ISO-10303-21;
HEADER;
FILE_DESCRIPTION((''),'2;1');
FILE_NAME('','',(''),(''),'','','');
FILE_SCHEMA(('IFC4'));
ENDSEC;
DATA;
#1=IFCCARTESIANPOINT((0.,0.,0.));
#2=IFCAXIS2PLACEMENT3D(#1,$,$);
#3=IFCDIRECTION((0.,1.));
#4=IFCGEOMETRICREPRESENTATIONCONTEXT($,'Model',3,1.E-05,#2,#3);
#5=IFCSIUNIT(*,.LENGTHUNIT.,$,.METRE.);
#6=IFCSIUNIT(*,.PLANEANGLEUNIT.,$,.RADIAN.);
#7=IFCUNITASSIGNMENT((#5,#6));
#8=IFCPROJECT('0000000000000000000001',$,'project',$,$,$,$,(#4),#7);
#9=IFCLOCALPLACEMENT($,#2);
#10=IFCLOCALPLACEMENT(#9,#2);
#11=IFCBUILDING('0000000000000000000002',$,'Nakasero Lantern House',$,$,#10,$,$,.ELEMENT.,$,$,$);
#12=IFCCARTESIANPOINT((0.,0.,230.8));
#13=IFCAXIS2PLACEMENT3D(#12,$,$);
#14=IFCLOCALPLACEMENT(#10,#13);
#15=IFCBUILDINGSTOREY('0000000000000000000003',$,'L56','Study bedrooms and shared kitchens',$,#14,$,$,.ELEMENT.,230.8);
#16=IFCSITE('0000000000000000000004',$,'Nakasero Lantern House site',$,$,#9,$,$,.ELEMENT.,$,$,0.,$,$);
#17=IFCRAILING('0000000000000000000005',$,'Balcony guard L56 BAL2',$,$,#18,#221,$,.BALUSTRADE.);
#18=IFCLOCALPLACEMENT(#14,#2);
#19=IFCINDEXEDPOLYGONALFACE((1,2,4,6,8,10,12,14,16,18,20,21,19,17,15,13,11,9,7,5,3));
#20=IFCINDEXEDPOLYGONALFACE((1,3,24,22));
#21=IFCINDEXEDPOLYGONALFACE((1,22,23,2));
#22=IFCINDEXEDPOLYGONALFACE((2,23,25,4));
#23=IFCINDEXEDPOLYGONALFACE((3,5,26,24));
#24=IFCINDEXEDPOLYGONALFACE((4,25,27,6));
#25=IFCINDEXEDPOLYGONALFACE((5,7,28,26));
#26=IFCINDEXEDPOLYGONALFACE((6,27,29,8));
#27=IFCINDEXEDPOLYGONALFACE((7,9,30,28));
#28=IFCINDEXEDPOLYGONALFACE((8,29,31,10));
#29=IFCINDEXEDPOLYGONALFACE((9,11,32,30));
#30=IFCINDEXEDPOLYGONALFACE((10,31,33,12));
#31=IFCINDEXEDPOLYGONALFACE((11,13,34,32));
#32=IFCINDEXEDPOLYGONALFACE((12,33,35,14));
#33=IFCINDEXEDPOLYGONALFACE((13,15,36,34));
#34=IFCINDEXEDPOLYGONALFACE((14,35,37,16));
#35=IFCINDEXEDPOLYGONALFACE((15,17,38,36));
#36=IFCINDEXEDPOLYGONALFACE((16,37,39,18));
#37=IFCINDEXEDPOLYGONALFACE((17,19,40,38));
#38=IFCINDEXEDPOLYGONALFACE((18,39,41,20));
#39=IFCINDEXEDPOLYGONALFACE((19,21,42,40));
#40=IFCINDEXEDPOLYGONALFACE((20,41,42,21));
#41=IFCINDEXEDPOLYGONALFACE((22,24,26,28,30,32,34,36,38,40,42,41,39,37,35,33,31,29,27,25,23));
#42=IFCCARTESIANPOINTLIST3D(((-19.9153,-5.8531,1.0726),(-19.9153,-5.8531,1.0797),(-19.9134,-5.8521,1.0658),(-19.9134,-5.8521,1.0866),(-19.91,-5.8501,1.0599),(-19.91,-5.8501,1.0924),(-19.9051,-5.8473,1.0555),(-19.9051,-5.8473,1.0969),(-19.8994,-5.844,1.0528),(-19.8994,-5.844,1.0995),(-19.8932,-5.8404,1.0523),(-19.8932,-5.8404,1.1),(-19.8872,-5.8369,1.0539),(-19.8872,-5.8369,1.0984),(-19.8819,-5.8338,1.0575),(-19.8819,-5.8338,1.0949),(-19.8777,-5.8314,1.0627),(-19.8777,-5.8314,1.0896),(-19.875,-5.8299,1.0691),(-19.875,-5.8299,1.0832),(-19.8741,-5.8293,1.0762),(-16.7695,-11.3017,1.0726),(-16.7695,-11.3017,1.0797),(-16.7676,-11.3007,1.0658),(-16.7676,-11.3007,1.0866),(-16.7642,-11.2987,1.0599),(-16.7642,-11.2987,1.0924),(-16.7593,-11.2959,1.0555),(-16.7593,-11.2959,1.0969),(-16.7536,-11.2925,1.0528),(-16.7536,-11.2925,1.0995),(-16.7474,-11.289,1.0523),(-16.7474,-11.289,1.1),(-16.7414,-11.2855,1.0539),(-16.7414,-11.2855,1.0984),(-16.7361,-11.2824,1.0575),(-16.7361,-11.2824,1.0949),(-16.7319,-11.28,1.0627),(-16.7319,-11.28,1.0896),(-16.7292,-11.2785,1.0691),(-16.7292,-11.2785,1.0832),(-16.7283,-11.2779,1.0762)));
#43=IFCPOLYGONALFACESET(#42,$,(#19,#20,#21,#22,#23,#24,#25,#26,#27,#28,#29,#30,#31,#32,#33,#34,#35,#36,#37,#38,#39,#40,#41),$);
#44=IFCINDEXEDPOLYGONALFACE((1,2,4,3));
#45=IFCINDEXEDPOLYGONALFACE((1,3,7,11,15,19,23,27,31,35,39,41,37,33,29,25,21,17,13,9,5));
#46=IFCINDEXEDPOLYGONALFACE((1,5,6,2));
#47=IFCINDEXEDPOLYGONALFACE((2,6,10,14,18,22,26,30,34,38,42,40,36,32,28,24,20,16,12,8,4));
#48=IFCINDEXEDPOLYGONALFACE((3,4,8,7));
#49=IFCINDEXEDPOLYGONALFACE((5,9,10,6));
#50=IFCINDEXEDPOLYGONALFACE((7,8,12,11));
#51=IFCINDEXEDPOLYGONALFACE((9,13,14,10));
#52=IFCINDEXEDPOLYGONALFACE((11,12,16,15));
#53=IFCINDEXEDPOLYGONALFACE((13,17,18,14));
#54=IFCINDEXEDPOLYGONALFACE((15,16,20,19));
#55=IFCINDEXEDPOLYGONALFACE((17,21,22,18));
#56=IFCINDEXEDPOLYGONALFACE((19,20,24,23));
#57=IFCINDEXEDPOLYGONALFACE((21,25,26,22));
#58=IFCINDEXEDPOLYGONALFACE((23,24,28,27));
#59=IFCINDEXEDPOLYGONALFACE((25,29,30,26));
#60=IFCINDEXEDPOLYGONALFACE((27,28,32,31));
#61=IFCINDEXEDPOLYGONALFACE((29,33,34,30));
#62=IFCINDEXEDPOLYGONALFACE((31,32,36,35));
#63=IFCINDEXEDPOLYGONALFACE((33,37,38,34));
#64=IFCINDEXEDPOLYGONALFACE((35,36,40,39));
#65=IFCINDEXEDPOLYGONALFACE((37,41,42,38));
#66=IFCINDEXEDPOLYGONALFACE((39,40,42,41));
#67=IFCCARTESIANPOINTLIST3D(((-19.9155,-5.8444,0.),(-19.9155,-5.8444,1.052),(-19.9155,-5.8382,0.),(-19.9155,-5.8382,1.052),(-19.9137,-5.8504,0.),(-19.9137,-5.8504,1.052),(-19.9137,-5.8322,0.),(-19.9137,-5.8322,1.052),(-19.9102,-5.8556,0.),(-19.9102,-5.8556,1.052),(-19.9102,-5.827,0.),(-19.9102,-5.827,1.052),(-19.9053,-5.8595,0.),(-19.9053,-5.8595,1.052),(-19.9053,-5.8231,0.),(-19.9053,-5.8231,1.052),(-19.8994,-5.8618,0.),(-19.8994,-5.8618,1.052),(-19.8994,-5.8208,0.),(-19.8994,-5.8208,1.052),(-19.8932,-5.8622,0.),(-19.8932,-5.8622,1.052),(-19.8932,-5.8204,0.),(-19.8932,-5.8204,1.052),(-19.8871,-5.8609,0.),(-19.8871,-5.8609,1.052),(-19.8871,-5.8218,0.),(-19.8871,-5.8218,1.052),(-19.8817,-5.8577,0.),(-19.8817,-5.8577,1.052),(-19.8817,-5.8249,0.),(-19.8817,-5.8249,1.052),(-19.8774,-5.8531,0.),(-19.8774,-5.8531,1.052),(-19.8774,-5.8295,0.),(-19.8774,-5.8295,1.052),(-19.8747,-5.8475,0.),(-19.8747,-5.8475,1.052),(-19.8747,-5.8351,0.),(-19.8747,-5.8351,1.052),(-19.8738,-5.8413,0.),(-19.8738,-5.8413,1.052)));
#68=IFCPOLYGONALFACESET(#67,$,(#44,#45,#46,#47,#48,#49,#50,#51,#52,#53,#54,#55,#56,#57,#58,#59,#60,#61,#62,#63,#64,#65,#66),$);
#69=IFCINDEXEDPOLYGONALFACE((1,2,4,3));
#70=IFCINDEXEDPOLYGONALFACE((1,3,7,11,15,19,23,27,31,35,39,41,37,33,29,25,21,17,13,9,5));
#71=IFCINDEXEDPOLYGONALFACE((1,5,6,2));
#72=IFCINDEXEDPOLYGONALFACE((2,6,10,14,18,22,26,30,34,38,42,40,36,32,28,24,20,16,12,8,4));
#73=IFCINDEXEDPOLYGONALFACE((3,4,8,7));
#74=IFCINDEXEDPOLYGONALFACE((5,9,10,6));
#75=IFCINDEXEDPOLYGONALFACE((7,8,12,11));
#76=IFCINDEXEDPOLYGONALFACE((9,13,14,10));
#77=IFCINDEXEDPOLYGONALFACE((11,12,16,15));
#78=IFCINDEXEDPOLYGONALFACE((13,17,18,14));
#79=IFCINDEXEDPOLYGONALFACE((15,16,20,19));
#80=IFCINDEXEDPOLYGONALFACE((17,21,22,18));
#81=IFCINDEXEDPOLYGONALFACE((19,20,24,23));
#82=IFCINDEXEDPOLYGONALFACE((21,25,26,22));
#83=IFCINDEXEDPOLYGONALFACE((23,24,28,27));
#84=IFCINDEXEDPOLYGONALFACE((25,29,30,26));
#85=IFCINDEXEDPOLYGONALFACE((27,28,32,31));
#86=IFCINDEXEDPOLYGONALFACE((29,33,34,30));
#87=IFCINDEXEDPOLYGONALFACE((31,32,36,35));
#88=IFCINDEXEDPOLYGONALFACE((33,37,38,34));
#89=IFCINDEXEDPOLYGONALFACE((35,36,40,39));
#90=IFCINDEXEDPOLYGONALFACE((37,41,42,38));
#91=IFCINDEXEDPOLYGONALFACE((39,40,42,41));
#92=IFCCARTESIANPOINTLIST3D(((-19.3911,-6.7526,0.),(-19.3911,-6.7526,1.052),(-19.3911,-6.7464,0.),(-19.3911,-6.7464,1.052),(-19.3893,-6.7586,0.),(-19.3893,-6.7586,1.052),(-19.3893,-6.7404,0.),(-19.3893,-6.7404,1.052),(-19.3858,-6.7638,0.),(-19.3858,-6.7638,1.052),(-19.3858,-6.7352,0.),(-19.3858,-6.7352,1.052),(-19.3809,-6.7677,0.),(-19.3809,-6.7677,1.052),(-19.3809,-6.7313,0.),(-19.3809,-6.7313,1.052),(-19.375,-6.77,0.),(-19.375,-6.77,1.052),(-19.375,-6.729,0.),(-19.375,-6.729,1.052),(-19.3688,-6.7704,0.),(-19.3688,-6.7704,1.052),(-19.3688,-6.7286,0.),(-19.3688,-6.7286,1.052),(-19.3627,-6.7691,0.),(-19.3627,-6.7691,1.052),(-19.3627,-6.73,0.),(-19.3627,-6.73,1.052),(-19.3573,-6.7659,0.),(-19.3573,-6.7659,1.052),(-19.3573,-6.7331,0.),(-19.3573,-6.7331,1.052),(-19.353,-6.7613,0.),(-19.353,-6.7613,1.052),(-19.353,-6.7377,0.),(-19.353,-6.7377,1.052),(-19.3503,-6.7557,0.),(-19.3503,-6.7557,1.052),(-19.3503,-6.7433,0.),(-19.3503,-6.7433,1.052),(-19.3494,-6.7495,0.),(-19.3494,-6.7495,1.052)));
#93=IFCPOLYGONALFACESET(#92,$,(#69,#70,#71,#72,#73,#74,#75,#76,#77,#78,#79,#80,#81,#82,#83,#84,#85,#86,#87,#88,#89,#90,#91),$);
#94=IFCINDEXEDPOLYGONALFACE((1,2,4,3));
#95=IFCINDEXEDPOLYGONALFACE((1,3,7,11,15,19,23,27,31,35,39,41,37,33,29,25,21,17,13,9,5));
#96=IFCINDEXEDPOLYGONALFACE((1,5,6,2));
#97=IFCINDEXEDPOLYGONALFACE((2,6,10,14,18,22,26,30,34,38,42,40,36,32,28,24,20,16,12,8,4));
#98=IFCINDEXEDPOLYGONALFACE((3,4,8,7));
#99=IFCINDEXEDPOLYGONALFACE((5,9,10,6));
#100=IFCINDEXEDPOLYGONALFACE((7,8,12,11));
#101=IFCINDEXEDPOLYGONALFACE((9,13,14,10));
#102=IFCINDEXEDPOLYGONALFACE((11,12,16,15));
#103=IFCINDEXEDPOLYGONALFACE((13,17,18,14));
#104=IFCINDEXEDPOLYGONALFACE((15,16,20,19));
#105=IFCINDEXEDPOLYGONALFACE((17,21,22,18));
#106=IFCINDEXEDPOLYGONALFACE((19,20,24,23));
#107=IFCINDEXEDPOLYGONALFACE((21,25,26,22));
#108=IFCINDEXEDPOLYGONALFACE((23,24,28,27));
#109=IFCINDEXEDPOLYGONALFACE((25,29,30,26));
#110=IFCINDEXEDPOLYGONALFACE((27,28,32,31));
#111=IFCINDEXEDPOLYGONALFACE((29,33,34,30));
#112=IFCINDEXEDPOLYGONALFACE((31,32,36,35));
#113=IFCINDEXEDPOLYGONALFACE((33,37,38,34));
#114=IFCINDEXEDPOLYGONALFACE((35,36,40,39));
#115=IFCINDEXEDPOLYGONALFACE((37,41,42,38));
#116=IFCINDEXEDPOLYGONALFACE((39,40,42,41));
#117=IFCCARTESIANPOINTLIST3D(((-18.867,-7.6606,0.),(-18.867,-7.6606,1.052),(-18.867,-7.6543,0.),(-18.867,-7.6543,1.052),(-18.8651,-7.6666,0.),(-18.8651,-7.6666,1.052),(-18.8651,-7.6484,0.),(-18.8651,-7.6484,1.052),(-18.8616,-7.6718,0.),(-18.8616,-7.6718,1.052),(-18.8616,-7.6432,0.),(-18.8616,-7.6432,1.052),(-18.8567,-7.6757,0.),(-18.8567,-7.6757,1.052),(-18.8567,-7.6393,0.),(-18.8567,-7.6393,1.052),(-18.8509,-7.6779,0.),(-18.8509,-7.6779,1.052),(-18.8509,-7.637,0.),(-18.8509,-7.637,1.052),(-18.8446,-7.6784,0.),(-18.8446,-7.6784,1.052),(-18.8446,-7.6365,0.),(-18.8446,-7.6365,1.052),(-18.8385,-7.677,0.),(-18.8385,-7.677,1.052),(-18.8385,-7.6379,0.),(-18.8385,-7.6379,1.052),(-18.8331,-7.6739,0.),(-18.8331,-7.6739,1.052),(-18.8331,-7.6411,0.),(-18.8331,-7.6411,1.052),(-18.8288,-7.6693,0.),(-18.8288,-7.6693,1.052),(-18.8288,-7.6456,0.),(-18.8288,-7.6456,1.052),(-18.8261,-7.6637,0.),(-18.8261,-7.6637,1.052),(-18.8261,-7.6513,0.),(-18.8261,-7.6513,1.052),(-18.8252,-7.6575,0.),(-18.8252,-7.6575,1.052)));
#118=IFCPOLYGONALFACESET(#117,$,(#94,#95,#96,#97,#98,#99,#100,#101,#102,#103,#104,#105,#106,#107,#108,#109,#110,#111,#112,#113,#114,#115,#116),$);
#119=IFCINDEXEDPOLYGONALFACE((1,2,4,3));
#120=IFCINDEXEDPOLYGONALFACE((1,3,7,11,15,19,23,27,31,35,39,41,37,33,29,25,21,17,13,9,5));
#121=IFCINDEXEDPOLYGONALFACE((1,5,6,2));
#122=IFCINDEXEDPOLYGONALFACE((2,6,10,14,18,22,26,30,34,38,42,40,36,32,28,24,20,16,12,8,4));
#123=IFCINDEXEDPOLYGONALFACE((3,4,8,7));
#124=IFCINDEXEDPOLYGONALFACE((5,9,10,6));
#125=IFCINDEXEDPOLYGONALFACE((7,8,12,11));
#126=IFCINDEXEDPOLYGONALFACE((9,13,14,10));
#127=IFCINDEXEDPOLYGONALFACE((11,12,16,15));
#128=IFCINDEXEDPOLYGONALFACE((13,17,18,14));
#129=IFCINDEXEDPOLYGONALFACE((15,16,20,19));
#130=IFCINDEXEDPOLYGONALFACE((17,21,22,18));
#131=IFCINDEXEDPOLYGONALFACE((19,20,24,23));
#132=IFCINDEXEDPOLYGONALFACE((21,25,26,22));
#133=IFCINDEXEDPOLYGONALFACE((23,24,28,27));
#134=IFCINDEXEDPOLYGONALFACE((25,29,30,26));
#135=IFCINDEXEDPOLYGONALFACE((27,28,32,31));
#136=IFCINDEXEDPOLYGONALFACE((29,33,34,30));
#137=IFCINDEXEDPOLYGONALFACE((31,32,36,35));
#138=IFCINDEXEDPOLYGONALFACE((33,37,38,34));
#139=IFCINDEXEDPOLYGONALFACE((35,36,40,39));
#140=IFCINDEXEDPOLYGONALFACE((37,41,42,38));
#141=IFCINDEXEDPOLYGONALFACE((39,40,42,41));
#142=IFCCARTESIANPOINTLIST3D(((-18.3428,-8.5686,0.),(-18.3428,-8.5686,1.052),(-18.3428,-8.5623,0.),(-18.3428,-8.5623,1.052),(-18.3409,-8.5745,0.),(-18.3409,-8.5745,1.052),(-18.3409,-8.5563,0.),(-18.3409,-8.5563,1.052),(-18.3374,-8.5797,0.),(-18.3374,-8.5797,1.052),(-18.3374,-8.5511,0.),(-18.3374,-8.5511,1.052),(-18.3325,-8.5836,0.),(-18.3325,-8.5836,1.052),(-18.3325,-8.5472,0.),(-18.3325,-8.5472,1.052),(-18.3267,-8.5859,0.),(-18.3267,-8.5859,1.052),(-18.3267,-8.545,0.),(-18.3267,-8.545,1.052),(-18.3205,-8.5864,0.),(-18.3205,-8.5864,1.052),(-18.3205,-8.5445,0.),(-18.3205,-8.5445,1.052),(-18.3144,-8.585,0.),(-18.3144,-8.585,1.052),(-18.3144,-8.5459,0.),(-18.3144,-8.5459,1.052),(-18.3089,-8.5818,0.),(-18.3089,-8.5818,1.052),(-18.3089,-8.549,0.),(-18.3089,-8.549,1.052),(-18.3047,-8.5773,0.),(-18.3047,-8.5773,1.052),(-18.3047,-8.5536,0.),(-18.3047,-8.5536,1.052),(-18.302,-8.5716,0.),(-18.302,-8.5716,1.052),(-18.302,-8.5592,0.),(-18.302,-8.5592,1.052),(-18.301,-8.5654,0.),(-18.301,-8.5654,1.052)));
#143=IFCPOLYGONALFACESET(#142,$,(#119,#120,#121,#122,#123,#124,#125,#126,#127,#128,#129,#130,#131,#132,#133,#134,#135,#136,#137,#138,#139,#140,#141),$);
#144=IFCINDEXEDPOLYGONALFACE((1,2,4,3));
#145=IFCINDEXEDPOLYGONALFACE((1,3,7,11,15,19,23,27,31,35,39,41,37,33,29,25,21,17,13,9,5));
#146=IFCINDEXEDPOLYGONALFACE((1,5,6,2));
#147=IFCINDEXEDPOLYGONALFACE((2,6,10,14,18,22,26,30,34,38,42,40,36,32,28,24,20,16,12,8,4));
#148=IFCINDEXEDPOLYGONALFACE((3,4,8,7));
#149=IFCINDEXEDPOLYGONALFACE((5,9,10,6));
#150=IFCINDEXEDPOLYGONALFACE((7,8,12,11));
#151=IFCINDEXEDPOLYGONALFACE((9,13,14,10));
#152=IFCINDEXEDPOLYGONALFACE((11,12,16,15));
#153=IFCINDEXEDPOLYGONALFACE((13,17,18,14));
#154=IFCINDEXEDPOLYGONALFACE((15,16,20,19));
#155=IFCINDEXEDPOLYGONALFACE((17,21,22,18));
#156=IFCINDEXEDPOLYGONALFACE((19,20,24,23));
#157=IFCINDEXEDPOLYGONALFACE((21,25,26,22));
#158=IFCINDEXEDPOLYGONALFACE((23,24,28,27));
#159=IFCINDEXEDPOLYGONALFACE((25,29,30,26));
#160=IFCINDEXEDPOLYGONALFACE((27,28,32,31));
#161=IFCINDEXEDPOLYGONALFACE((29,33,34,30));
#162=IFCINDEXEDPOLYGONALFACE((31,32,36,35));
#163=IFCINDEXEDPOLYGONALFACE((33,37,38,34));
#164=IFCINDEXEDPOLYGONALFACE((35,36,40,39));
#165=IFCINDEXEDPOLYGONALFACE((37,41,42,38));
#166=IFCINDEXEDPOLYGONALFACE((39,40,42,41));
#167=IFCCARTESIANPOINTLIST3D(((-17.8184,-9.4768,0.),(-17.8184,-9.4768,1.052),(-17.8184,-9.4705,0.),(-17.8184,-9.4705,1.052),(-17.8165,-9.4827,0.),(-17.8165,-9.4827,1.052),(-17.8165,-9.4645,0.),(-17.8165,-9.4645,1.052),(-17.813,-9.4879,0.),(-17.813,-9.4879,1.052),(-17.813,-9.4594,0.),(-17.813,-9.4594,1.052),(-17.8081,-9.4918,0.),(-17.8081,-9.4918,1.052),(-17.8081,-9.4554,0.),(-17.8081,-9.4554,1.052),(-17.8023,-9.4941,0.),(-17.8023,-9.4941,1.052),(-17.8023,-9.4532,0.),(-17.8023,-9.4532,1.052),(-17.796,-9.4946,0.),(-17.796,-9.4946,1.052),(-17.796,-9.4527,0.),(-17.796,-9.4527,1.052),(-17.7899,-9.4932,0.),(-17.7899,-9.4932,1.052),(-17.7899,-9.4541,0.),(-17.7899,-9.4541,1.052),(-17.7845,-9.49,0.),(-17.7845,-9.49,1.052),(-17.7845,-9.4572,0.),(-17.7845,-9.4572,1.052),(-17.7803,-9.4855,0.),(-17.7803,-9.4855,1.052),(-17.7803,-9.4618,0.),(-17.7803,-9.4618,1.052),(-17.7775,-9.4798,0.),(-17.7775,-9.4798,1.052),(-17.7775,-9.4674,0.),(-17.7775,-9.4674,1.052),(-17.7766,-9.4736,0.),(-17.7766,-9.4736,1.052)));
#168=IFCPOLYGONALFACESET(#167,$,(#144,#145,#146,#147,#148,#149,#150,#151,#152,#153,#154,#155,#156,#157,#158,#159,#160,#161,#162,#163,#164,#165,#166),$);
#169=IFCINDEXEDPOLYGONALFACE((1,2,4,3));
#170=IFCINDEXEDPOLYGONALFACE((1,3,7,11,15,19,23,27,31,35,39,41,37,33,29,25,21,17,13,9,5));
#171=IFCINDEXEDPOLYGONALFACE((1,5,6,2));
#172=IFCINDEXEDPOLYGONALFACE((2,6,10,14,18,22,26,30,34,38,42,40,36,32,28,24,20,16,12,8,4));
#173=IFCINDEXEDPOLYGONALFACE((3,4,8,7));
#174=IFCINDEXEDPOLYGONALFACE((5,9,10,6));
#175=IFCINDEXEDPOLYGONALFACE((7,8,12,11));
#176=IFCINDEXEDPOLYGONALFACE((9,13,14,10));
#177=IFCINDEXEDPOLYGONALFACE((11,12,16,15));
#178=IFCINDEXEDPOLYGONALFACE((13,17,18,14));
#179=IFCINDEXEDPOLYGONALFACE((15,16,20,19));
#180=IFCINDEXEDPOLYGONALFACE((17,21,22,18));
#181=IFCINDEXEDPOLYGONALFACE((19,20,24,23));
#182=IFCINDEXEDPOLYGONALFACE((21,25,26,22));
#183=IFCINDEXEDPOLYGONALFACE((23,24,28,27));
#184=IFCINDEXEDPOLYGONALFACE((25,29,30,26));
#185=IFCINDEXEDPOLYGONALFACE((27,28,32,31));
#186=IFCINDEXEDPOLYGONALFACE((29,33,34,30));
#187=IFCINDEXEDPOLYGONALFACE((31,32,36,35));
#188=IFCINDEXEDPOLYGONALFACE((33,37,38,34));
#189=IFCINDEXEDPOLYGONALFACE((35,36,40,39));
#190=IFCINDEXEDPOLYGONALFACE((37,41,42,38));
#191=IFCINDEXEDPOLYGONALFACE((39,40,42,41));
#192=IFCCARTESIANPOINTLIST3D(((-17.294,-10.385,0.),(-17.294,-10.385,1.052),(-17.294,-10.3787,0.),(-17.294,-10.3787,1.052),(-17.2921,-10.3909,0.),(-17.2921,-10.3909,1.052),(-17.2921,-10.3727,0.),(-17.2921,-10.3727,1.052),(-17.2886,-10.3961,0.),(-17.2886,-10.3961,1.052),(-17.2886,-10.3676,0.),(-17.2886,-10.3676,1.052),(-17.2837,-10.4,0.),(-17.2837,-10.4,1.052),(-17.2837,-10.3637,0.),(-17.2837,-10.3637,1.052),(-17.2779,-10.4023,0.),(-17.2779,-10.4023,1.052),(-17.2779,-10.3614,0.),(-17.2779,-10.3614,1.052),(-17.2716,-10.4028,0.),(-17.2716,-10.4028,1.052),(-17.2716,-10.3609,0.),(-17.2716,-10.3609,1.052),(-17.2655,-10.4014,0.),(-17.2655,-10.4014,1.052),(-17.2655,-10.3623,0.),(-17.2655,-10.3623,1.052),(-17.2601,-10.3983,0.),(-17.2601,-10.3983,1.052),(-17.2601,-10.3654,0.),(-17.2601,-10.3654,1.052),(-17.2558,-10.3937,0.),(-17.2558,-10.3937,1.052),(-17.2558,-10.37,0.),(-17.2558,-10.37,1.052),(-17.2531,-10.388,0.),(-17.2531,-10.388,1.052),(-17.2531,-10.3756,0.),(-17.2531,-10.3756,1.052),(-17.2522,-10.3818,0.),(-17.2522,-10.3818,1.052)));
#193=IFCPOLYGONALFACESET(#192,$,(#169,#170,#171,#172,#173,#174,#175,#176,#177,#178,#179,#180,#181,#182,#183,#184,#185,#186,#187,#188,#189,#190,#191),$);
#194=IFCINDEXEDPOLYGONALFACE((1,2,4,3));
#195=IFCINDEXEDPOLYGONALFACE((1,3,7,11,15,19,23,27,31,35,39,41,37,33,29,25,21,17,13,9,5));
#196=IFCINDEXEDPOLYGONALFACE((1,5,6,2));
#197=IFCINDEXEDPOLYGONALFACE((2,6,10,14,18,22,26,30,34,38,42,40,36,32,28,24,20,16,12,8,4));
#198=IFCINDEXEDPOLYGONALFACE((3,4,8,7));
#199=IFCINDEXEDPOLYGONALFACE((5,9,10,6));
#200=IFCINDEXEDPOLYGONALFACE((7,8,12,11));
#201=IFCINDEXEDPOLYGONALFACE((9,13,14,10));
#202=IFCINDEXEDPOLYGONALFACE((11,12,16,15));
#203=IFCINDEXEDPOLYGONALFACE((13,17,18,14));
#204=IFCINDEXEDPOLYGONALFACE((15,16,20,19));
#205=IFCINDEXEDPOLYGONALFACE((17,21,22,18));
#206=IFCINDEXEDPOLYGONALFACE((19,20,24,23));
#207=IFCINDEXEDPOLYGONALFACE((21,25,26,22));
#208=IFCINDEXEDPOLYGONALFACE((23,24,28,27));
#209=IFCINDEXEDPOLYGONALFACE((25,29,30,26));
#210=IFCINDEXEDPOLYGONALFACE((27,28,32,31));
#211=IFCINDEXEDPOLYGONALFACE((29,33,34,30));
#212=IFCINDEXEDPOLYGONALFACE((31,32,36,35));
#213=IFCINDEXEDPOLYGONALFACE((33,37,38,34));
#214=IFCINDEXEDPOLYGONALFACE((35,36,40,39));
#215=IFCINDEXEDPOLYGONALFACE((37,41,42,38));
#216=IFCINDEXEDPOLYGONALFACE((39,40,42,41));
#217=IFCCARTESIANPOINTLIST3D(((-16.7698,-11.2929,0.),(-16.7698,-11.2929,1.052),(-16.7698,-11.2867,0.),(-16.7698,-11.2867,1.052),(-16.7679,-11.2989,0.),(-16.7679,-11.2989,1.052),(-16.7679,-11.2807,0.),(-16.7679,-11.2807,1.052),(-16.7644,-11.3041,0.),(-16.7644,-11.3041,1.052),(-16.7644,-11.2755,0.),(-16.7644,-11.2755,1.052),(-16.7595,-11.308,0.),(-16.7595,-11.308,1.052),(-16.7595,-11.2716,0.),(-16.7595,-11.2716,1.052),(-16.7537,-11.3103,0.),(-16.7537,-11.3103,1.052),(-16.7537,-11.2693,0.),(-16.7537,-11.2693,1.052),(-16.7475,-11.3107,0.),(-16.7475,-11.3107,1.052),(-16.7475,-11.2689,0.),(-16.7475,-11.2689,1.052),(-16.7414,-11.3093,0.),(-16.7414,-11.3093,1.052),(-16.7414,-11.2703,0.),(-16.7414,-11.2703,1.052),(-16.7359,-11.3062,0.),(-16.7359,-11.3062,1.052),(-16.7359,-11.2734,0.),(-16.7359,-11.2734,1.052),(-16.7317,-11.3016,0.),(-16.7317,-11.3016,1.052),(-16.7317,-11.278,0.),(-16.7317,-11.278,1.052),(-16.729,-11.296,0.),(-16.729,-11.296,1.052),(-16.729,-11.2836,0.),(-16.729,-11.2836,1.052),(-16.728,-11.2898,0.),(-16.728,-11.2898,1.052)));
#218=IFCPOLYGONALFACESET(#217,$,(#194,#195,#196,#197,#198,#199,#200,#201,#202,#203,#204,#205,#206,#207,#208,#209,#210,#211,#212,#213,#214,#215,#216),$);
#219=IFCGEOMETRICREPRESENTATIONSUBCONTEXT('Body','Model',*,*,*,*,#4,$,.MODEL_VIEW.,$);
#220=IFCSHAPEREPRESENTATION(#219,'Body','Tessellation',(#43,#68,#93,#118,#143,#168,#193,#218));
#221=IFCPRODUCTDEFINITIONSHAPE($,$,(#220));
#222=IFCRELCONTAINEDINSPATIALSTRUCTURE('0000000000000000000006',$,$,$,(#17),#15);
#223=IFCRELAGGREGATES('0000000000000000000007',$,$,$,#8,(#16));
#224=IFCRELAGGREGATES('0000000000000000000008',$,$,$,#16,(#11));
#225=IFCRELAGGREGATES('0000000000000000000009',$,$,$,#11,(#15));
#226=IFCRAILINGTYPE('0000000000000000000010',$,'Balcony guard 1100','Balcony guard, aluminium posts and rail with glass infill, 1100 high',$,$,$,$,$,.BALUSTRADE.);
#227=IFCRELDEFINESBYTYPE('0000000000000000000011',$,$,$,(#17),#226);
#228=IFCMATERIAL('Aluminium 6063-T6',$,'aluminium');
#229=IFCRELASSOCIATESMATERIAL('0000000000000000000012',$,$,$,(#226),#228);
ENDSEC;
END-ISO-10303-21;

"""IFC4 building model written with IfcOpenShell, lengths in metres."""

from ifc_helpers import new_model, si_unit, direction, frame, origin, origin_2d, place, context, subcontext, project, spatial, circle, extrude, material, type_object, element, save


model = new_model("IFC4")

# Units and contexts
model_context = context("Model", 3, precision=1e-05, world=origin(), true_north=direction((0.0, 1.0)))
body_context = subcontext(model_context, "Body", "Model", "MODEL_VIEW")
ifc_project = project(units=[si_unit("LENGTHUNIT", "METRE"), si_unit("PLANEANGLEUNIT", "RADIAN")], contexts=[model_context])

# Site, building, storey
site_placement = place(None, origin())
site = spatial("IfcSite", under=ifc_project, at=site_placement, Name="Nakasero Lantern House site", CompositionType="ELEMENT", RefElevation=0.0)
building_placement = place(site_placement, origin())
building = spatial("IfcBuilding", under=site, at=building_placement, Name="Nakasero Lantern House", CompositionType="ELEMENT")
storey_placement = place(building_placement, frame((0.0, 0.0, 230.8)))
storey = spatial("IfcBuildingStorey", under=building, at=storey_placement, Name="L56", Description="Study bedrooms and shared kitchens", CompositionType="ELEMENT", Elevation=230.8)

# Railing
ifc_material_1 = material(Name="Aluminium 6063-T6", Category="aluminium")
railing_type = type_object("IfcRailingType", Name="Balcony guard 1100", Description="Balcony guard, aluminium posts and rail with glass infill, 1100 high", PredefinedType="BALUSTRADE", material=ifc_material_1)
railing_placement = place(storey_placement, frame((-19.8948, -5.8413, 0.0)))
element("IfcRailing", 1, at=railing_placement, inside=storey, type_object=railing_type, Name="Balcony guard L56 BAL2", PredefinedType="BALUSTRADE", context=body_context, shape_type="SweptSolid", body=[
    extrude(circle(Radius=0.0239, at=origin_2d()), frame((0.0, 0.0, 1.0762), z_axis=(0.500008, -0.866021, 0.0), x_axis=(0.866021, 0.500008, 0.0)), (0.0, 0.0, 1.0), 6.2915),
    extrude(circle(Radius=0.021, at=origin_2d()), origin(), (0.0, 0.0, 1.0), 1.052),
    extrude(circle(Radius=0.021, at=origin_2d()), frame((0.5244, -0.9082, 0.0)), (0.0, 0.0, 1.0), 1.052),
    extrude(circle(Radius=0.021, at=origin_2d()), frame((1.0486, -1.8162, 0.0)), (0.0, 0.0, 1.0), 1.052),
    extrude(circle(Radius=0.021, at=origin_2d()), frame((1.5728, -2.7241, 0.0)), (0.0, 0.0, 1.0), 1.052),
    extrude(circle(Radius=0.021, at=origin_2d()), frame((2.0972, -3.6323, 0.0)), (0.0, 0.0, 1.0), 1.052),
    extrude(circle(Radius=0.021, at=origin_2d()), frame((2.6216, -4.5405, 0.0)), (0.0, 0.0, 1.0), 1.052),
    extrude(circle(Radius=0.021, at=origin_2d()), frame((3.1458, -5.4485, 0.0)), (0.0, 0.0, 1.0), 1.052),
])

save(model, "model.ifc")
